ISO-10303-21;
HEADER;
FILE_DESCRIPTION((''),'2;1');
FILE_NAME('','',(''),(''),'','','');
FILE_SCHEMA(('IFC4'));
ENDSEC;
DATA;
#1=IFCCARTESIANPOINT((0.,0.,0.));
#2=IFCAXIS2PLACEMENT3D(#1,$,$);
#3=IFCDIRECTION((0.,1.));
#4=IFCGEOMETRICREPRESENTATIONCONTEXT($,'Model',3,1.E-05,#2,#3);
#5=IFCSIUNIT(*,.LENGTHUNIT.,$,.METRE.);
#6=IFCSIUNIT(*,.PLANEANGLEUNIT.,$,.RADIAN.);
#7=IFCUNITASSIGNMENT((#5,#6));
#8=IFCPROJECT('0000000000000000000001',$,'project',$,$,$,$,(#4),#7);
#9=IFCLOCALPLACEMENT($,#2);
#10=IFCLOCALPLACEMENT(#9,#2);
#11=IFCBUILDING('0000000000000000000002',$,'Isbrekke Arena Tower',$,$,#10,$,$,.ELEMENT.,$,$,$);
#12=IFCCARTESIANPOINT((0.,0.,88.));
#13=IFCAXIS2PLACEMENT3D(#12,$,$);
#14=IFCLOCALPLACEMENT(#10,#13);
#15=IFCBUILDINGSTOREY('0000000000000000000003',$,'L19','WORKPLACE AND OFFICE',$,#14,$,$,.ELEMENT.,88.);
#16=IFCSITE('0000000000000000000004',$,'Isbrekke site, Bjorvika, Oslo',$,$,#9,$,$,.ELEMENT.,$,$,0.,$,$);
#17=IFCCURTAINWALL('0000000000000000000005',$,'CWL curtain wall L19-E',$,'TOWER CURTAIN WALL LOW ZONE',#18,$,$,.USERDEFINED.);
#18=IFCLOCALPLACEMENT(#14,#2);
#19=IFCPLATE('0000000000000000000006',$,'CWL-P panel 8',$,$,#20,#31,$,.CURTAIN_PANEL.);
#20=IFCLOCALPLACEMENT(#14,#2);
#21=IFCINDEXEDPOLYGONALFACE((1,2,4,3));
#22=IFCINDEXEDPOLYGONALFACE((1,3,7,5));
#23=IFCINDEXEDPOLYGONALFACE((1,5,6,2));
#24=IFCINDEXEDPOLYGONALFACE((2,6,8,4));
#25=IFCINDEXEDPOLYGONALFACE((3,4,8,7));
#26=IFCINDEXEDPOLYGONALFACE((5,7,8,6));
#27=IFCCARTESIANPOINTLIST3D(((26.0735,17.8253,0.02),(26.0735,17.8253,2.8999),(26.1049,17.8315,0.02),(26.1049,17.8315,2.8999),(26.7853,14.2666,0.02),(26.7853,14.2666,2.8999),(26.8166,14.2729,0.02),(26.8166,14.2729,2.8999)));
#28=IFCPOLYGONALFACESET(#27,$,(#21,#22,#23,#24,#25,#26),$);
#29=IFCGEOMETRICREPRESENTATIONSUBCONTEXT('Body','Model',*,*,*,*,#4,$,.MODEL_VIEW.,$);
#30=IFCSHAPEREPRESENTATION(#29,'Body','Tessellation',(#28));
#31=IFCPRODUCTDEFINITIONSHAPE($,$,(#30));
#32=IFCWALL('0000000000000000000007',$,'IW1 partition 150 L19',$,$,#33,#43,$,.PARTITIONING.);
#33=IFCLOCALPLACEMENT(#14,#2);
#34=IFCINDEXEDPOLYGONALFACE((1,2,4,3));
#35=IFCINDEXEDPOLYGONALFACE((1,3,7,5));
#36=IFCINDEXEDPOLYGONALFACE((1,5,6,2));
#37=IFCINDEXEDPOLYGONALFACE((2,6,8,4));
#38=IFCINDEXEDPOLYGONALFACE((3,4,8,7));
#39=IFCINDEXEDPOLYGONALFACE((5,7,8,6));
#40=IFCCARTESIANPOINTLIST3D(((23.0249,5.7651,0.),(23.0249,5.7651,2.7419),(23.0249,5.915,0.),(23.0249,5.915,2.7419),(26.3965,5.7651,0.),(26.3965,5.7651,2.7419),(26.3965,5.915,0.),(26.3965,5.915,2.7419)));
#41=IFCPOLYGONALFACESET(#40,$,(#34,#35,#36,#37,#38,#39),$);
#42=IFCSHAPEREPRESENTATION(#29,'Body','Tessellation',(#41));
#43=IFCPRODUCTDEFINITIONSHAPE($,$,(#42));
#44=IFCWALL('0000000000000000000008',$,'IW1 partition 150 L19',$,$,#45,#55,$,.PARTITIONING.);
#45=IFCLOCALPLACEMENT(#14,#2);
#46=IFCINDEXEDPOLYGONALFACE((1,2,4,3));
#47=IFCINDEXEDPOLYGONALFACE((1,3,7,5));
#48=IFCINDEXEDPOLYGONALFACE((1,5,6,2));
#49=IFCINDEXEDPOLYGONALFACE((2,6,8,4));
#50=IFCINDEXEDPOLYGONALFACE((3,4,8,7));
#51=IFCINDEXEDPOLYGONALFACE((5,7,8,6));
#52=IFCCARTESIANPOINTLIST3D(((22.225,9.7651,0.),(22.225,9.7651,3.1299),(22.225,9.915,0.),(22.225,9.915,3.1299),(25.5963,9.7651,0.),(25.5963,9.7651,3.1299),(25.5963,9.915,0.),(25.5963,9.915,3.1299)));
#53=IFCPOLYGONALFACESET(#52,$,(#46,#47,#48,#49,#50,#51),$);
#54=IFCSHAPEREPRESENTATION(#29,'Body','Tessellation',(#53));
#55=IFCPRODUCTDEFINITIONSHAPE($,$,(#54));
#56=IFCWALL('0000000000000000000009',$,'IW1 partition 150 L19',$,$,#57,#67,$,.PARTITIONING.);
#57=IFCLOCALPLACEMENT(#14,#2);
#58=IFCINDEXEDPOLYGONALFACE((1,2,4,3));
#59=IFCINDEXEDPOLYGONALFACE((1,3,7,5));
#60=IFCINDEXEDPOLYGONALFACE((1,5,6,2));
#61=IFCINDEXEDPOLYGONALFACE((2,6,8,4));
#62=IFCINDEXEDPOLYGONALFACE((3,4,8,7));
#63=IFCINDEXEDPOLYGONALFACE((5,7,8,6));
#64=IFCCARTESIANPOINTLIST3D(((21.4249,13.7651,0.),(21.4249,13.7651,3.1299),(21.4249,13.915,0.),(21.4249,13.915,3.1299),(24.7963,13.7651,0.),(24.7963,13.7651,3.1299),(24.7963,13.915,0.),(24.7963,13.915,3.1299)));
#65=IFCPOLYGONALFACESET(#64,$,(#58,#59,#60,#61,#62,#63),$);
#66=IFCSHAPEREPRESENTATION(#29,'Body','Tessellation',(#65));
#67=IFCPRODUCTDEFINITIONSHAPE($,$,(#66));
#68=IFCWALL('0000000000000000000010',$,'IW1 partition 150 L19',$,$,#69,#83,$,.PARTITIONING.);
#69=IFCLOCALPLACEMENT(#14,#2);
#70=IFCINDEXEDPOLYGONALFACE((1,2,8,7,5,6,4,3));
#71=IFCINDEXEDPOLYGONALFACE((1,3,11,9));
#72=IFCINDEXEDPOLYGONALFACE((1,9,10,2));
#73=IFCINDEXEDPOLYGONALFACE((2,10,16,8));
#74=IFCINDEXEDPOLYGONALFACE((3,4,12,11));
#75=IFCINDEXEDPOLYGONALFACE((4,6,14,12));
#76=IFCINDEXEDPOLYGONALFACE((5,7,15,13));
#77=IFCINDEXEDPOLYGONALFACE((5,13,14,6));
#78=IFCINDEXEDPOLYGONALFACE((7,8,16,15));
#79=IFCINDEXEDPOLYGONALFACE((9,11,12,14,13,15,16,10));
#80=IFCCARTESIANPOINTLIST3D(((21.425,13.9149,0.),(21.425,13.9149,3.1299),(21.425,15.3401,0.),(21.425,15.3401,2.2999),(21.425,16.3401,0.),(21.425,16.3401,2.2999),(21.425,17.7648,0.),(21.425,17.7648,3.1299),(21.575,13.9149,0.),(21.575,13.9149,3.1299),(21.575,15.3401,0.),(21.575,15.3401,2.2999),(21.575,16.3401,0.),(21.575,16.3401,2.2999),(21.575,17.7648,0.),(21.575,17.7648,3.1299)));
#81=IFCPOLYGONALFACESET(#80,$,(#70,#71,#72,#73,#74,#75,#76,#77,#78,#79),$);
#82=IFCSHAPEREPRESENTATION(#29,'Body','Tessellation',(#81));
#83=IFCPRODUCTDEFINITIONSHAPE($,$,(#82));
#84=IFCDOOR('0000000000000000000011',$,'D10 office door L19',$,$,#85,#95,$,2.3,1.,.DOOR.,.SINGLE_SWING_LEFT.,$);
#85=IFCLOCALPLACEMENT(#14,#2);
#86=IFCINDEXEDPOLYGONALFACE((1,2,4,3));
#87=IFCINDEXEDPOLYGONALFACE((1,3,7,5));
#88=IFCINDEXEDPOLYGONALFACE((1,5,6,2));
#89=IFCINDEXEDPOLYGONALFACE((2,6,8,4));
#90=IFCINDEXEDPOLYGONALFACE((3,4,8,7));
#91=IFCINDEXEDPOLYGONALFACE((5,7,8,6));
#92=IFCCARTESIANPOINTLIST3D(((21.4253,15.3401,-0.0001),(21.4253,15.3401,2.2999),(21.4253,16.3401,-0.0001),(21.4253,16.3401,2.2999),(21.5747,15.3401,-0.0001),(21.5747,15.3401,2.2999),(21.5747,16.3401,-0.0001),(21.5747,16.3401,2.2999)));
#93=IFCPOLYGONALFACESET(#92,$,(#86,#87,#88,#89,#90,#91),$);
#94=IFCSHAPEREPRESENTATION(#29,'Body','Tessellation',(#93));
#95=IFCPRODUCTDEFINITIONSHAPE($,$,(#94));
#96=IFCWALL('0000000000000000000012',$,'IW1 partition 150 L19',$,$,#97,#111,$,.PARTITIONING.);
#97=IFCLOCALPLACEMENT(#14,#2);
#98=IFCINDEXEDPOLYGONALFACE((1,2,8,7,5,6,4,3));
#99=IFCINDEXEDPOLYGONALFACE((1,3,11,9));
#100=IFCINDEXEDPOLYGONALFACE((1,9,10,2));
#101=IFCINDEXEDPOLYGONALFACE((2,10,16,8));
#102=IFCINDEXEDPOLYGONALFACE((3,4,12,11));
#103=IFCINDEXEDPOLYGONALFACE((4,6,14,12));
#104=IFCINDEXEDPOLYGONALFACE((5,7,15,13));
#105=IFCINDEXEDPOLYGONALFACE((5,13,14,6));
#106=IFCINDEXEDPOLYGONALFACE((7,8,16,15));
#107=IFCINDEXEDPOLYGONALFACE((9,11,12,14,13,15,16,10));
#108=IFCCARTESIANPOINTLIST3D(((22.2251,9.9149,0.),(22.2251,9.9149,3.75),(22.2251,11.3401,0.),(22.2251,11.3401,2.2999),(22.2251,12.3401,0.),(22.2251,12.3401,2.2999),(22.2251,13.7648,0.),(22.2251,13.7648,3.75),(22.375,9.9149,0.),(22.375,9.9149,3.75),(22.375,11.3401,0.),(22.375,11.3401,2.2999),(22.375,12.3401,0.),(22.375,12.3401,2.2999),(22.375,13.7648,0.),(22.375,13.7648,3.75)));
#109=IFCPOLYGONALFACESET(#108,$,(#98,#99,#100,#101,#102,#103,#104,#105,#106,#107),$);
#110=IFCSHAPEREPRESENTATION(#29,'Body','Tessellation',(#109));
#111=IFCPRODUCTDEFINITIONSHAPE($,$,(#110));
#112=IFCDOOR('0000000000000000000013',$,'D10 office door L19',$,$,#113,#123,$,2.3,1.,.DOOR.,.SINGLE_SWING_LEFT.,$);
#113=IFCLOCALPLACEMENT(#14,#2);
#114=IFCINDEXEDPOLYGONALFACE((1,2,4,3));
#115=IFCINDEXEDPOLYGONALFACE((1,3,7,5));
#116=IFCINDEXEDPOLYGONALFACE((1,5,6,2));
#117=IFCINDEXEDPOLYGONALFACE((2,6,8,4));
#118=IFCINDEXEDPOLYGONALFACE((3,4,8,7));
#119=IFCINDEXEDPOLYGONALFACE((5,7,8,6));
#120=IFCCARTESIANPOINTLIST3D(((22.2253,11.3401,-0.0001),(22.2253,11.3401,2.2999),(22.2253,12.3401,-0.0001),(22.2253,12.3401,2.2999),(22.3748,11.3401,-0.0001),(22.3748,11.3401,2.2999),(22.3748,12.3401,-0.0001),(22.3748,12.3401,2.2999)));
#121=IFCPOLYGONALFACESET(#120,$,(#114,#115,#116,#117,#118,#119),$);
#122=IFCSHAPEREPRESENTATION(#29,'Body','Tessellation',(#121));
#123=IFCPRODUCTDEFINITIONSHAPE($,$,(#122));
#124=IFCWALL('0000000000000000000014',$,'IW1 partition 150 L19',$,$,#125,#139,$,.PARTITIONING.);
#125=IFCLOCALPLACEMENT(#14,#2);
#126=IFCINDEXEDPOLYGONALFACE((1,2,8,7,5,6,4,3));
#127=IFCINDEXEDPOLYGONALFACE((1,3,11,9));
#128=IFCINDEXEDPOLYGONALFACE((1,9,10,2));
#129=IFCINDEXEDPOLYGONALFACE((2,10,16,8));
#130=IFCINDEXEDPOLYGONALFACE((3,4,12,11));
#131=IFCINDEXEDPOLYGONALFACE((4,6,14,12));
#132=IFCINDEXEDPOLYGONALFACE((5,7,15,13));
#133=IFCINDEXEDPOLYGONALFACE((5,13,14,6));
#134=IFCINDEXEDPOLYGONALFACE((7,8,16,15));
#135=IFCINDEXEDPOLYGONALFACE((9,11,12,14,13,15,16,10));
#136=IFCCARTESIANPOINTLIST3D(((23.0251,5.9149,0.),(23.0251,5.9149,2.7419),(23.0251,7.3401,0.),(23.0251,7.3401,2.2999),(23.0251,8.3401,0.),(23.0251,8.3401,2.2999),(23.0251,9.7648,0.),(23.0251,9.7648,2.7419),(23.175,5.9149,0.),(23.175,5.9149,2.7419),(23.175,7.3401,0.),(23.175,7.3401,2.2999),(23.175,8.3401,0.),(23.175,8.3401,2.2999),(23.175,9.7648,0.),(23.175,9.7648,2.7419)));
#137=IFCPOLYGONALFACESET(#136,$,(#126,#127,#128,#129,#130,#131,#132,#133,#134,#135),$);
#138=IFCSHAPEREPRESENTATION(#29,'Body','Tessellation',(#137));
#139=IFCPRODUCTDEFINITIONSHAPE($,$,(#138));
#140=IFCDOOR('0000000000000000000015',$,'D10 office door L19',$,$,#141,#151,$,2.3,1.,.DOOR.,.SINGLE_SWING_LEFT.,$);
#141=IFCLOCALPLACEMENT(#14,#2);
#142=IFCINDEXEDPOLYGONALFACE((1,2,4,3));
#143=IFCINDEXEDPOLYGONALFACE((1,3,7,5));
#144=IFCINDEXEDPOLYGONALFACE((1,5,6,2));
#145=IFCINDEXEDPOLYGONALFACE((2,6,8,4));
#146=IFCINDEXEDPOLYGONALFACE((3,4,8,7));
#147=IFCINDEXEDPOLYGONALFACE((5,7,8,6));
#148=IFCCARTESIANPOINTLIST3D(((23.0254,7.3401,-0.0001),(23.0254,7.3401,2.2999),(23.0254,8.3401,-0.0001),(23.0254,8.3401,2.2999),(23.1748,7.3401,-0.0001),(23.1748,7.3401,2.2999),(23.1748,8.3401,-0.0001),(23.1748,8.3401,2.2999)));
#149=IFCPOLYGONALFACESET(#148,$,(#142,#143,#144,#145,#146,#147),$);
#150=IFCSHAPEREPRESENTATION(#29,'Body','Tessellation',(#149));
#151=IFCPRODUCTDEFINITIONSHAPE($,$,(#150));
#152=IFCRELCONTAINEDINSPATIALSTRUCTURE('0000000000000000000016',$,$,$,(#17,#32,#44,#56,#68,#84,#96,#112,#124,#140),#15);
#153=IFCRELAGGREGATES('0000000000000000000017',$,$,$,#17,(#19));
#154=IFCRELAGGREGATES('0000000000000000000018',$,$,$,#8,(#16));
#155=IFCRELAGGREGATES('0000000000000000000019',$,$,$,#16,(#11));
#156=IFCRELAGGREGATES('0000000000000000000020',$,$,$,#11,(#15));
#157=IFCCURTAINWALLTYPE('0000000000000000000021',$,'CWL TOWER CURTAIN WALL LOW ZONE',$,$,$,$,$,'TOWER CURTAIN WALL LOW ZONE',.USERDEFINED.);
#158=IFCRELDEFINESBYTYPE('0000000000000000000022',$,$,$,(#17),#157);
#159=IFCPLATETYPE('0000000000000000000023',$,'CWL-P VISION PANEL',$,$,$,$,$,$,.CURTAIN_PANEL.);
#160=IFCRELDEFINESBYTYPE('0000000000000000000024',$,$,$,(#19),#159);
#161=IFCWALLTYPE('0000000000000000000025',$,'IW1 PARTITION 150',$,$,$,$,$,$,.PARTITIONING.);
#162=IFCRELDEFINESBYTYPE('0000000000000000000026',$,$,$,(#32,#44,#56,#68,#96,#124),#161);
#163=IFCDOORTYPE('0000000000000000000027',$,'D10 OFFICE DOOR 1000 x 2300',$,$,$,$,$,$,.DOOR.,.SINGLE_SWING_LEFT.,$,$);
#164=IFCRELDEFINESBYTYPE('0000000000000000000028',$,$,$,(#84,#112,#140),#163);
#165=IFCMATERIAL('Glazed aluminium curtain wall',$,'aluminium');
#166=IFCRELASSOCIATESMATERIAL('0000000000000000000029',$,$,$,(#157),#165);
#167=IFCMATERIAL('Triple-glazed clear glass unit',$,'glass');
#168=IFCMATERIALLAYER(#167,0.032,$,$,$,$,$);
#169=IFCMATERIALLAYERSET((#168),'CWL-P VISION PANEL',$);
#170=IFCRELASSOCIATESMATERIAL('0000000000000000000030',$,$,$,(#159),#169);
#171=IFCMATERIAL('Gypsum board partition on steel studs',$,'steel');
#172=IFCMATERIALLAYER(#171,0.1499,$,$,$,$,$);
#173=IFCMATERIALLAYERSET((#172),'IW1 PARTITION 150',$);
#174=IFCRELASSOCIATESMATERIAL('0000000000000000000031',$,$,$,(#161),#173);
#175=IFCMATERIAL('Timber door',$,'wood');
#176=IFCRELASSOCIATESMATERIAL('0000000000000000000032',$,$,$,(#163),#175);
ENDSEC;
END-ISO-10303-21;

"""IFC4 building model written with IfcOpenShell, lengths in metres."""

from ifc_helpers import new_model, si_unit, direction, frame, frame_2d, origin, origin_2d, place, context, subcontext, project, spatial, rectangle, extrude, material, layer, layer_set, type_object, element, fill, aggregate, save


model = new_model("IFC4")

# Units and contexts
model_context = context("Model", 3, precision=1e-05, world=origin(), true_north=direction((0.0, 1.0)))
body_context = subcontext(model_context, "Body", "Model", "MODEL_VIEW")
ifc_project = project(units=[si_unit("LENGTHUNIT", "METRE"), si_unit("PLANEANGLEUNIT", "RADIAN")], contexts=[model_context])

# Site, building, storey
site_placement = place(None, origin())
site = spatial("IfcSite", under=ifc_project, at=site_placement, Name="Isbrekke site, Bjorvika, Oslo", CompositionType="ELEMENT", RefElevation=0.0)
building_placement = place(site_placement, origin())
building = spatial("IfcBuilding", under=site, at=building_placement, Name="Isbrekke Arena Tower", CompositionType="ELEMENT")
storey_placement = place(building_placement, frame((0.0, 0.0, 88.0)))
storey = spatial("IfcBuildingStorey", under=building, at=storey_placement, Name="L19", Description="WORKPLACE AND OFFICE", CompositionType="ELEMENT", Elevation=88.0)

# Curtain wall
ifc_material_1 = material(Name="Glazed aluminium curtain wall", Category="aluminium")
curtain_wall_type = type_object("IfcCurtainWallType", Name="CWL TOWER CURTAIN WALL LOW ZONE", ElementType="TOWER CURTAIN WALL LOW ZONE", PredefinedType="USERDEFINED", material=ifc_material_1)
curtain_wall_placement = place(storey_placement, origin())
curtain_wall = element("IfcCurtainWall", 1, at=curtain_wall_placement, inside=storey, type_object=curtain_wall_type, Name="CWL curtain wall L19-E", ObjectType="TOWER CURTAIN WALL LOW ZONE", PredefinedType="USERDEFINED")

# Plate
ifc_material_2 = material(Name="Triple-glazed clear glass unit", Category="glass")
ifc_layer_1 = layer(ifc_material_2, 0.032)
ifc_layer_set_1 = layer_set([ifc_layer_1], Name="CWL-P VISION PANEL")
plate_type = type_object("IfcPlateType", Name="CWL-P VISION PANEL", PredefinedType="CURTAIN_PANEL", material=ifc_layer_set_1)
plate_1_placement = place(storey_placement, frame((26.4451, 16.0491, 0.02), z_axis=(0.0, 0.0, 1.0), x_axis=(-0.196116, 0.980581, 0.0)))
plate_1 = element("IfcPlate", 2, at=plate_1_placement, type_object=plate_type, Name="CWL-P panel 8", PredefinedType="CURTAIN_PANEL", context=body_context, shape_type="SweptSolid", body=[
    extrude(rectangle(XDim=3.6292, YDim=0.032, at=origin_2d()), origin(), (0.0, 0.0, 1.0), 2.8799),
])
aggregate(curtain_wall, [plate_1])

# Walls
ifc_material_3 = material(Name="Gypsum board partition on steel studs", Category="steel")
ifc_layer_2 = layer(ifc_material_3, 0.1499)
ifc_layer_set_2 = layer_set([ifc_layer_2], Name="IW1 PARTITION 150")
wall_type = type_object("IfcWallType", Name="IW1 PARTITION 150", PredefinedType="PARTITIONING", material=ifc_layer_set_2)
wall_1_placement = place(storey_placement, frame((23.0249, 5.8401, 0.0), z_axis=(0.0, 0.0, 1.0), x_axis=(1.0, 0.0, 0.0)))
element("IfcWall", 3, at=wall_1_placement, inside=storey, type_object=wall_type, Name="IW1 partition 150 L19", PredefinedType="PARTITIONING", context=body_context, shape_type="SweptSolid", body=[
    extrude(rectangle(XDim=3.3716, YDim=0.1499, at=frame_2d((1.6858, 0.0))), origin(), (0.0, 0.0, 1.0), 2.7419),
])
for number, where, z_axis, x_axis, name in (
    (4, (22.2251, 9.8401, 0.0), (0.0, 0.0, 1.0), (1.0, 0.0, 0.0), "IW1 partition 150 L19"),
    (5, (21.425, 13.8401, 0.0), (0.0, 0.0, 1.0), (1.0, 0.0, 0.0), "IW1 partition 150 L19"),
):
    element("IfcWall", number, at=place(storey_placement, frame(where, z_axis=z_axis, x_axis=x_axis)), inside=storey, type_object=wall_type, Name=name, PredefinedType="PARTITIONING", context=body_context, shape_type="SweptSolid", body=[
        extrude(rectangle(XDim=3.3713, YDim=0.1499, at=frame_2d((1.6855, 0.0))), origin(), (0.0, 0.0, 1.0), 3.1299),
    ])

# Walls, openings, doors
wall_2_placement = place(storey_placement, frame((21.5, 13.915, 0.0), z_axis=(0.0, 0.0, 1.0), x_axis=(0.0, 1.0, 0.0)))
wall_2 = element("IfcWall", 6, at=wall_2_placement, inside=storey, type_object=wall_type, Name="IW1 partition 150 L19", PredefinedType="PARTITIONING", context=body_context, shape_type="SweptSolid", body=[
    extrude(rectangle(XDim=3.8499, YDim=0.1499, at=frame_2d((1.9248, 0.0))), origin(), (0.0, 0.0, 1.0), 3.1299),
])
opening_1_placement = place(wall_2_placement, frame((1.425, 0.0, 0.0)))
opening_1 = element("IfcOpeningElement", 7, at=opening_1_placement, cuts=wall_2, PredefinedType="OPENING", context=body_context, shape_type="SweptSolid", body=[
    extrude(rectangle(XDim=1.0, YDim=2.3, at=frame_2d((0.5, 1.1499))), frame((0.0, 0.0898, 0.0), z_axis=(0.0, -1.0, 0.0), x_axis=(1.0, 0.0, 0.0)), (0.0, 0.0, 1.0), 0.1797),
])
ifc_material_4 = material(Name="Timber door", Category="wood")
door_type = type_object("IfcDoorType", Name="D10 OFFICE DOOR 1000 x 2300", OperationType="SINGLE_SWING_LEFT", PredefinedType="DOOR", material=ifc_material_4)
door_1_placement = place(opening_1_placement, origin())
door_1 = element("IfcDoor", 8, at=door_1_placement, inside=storey, type_object=door_type, Name="D10 office door L19", OperationType="SINGLE_SWING_LEFT", OverallHeight=2.3, OverallWidth=1.0, PredefinedType="DOOR", context=body_context, shape_type="SweptSolid", body=[
    extrude(rectangle(XDim=1.0, YDim=2.3, at=frame_2d((0.5, 1.1499))), frame((0.0, 0.0747, 0.0), z_axis=(0.0, -1.0, 0.0), x_axis=(1.0, 0.0, 0.0)), (0.0, 0.0, 1.0), 0.1494),
])
fill(opening_1, door_1)
wall_3_placement = place(storey_placement, frame((22.3, 9.915, 0.0), z_axis=(0.0, 0.0, 1.0), x_axis=(0.0, 1.0, 0.0)))
wall_3 = element("IfcWall", 9, at=wall_3_placement, inside=storey, type_object=wall_type, Name="IW1 partition 150 L19", PredefinedType="PARTITIONING", context=body_context, shape_type="SweptSolid", body=[
    extrude(rectangle(XDim=3.8499, YDim=0.1499, at=frame_2d((1.9248, 0.0))), origin(), (0.0, 0.0, 1.0), 3.75),
])
opening_2_placement = place(wall_3_placement, frame((1.425, 0.0, 0.0)))
opening_2 = element("IfcOpeningElement", 10, at=opening_2_placement, cuts=wall_3, PredefinedType="OPENING", context=body_context, shape_type="SweptSolid", body=[
    extrude(rectangle(XDim=1.0, YDim=2.3, at=frame_2d((0.5, 1.1499))), frame((0.0, 0.0898, 0.0), z_axis=(0.0, -1.0, 0.0), x_axis=(1.0, 0.0, 0.0)), (0.0, 0.0, 1.0), 0.1797),
])
door_2_placement = place(opening_2_placement, origin())
door_2 = element("IfcDoor", 11, at=door_2_placement, inside=storey, type_object=door_type, Name="D10 office door L19", OperationType="SINGLE_SWING_LEFT", OverallHeight=2.3, OverallWidth=1.0, PredefinedType="DOOR", context=body_context, shape_type="SweptSolid", body=[
    extrude(rectangle(XDim=1.0, YDim=2.3, at=frame_2d((0.5, 1.1499))), frame((0.0, 0.0747, 0.0), z_axis=(0.0, -1.0, 0.0), x_axis=(1.0, 0.0, 0.0)), (0.0, 0.0, 1.0), 0.1494),
])
fill(opening_2, door_2)
wall_4_placement = place(storey_placement, frame((23.1001, 5.915, 0.0), z_axis=(0.0, 0.0, 1.0), x_axis=(0.0, 1.0, 0.0)))
wall_4 = element("IfcWall", 12, at=wall_4_placement, inside=storey, type_object=wall_type, Name="IW1 partition 150 L19", PredefinedType="PARTITIONING", context=body_context, shape_type="SweptSolid", body=[
    extrude(rectangle(XDim=3.8499, YDim=0.1499, at=frame_2d((1.9248, 0.0))), origin(), (0.0, 0.0, 1.0), 2.7419),
])
opening_3_placement = place(wall_4_placement, frame((1.425, 0.0, 0.0)))
opening_3 = element("IfcOpeningElement", 13, at=opening_3_placement, cuts=wall_4, PredefinedType="OPENING", context=body_context, shape_type="SweptSolid", body=[
    extrude(rectangle(XDim=1.0, YDim=2.3, at=frame_2d((0.5, 1.1499))), frame((0.0, 0.0898, 0.0), z_axis=(0.0, -1.0, 0.0), x_axis=(1.0, 0.0, 0.0)), (0.0, 0.0, 1.0), 0.1797),
])
door_3_placement = place(opening_3_placement, origin())
door_3 = element("IfcDoor", 14, at=door_3_placement, inside=storey, type_object=door_type, Name="D10 office door L19", OperationType="SINGLE_SWING_LEFT", OverallHeight=2.3, OverallWidth=1.0, PredefinedType="DOOR", context=body_context, shape_type="SweptSolid", body=[
    extrude(rectangle(XDim=1.0, YDim=2.3, at=frame_2d((0.5, 1.1499))), frame((0.0, 0.0747, 0.0), z_axis=(0.0, -1.0, 0.0), x_axis=(1.0, 0.0, 0.0)), (0.0, 0.0, 1.0), 0.1494),
])
fill(opening_3, door_3)

save(model, "model.ifc")
